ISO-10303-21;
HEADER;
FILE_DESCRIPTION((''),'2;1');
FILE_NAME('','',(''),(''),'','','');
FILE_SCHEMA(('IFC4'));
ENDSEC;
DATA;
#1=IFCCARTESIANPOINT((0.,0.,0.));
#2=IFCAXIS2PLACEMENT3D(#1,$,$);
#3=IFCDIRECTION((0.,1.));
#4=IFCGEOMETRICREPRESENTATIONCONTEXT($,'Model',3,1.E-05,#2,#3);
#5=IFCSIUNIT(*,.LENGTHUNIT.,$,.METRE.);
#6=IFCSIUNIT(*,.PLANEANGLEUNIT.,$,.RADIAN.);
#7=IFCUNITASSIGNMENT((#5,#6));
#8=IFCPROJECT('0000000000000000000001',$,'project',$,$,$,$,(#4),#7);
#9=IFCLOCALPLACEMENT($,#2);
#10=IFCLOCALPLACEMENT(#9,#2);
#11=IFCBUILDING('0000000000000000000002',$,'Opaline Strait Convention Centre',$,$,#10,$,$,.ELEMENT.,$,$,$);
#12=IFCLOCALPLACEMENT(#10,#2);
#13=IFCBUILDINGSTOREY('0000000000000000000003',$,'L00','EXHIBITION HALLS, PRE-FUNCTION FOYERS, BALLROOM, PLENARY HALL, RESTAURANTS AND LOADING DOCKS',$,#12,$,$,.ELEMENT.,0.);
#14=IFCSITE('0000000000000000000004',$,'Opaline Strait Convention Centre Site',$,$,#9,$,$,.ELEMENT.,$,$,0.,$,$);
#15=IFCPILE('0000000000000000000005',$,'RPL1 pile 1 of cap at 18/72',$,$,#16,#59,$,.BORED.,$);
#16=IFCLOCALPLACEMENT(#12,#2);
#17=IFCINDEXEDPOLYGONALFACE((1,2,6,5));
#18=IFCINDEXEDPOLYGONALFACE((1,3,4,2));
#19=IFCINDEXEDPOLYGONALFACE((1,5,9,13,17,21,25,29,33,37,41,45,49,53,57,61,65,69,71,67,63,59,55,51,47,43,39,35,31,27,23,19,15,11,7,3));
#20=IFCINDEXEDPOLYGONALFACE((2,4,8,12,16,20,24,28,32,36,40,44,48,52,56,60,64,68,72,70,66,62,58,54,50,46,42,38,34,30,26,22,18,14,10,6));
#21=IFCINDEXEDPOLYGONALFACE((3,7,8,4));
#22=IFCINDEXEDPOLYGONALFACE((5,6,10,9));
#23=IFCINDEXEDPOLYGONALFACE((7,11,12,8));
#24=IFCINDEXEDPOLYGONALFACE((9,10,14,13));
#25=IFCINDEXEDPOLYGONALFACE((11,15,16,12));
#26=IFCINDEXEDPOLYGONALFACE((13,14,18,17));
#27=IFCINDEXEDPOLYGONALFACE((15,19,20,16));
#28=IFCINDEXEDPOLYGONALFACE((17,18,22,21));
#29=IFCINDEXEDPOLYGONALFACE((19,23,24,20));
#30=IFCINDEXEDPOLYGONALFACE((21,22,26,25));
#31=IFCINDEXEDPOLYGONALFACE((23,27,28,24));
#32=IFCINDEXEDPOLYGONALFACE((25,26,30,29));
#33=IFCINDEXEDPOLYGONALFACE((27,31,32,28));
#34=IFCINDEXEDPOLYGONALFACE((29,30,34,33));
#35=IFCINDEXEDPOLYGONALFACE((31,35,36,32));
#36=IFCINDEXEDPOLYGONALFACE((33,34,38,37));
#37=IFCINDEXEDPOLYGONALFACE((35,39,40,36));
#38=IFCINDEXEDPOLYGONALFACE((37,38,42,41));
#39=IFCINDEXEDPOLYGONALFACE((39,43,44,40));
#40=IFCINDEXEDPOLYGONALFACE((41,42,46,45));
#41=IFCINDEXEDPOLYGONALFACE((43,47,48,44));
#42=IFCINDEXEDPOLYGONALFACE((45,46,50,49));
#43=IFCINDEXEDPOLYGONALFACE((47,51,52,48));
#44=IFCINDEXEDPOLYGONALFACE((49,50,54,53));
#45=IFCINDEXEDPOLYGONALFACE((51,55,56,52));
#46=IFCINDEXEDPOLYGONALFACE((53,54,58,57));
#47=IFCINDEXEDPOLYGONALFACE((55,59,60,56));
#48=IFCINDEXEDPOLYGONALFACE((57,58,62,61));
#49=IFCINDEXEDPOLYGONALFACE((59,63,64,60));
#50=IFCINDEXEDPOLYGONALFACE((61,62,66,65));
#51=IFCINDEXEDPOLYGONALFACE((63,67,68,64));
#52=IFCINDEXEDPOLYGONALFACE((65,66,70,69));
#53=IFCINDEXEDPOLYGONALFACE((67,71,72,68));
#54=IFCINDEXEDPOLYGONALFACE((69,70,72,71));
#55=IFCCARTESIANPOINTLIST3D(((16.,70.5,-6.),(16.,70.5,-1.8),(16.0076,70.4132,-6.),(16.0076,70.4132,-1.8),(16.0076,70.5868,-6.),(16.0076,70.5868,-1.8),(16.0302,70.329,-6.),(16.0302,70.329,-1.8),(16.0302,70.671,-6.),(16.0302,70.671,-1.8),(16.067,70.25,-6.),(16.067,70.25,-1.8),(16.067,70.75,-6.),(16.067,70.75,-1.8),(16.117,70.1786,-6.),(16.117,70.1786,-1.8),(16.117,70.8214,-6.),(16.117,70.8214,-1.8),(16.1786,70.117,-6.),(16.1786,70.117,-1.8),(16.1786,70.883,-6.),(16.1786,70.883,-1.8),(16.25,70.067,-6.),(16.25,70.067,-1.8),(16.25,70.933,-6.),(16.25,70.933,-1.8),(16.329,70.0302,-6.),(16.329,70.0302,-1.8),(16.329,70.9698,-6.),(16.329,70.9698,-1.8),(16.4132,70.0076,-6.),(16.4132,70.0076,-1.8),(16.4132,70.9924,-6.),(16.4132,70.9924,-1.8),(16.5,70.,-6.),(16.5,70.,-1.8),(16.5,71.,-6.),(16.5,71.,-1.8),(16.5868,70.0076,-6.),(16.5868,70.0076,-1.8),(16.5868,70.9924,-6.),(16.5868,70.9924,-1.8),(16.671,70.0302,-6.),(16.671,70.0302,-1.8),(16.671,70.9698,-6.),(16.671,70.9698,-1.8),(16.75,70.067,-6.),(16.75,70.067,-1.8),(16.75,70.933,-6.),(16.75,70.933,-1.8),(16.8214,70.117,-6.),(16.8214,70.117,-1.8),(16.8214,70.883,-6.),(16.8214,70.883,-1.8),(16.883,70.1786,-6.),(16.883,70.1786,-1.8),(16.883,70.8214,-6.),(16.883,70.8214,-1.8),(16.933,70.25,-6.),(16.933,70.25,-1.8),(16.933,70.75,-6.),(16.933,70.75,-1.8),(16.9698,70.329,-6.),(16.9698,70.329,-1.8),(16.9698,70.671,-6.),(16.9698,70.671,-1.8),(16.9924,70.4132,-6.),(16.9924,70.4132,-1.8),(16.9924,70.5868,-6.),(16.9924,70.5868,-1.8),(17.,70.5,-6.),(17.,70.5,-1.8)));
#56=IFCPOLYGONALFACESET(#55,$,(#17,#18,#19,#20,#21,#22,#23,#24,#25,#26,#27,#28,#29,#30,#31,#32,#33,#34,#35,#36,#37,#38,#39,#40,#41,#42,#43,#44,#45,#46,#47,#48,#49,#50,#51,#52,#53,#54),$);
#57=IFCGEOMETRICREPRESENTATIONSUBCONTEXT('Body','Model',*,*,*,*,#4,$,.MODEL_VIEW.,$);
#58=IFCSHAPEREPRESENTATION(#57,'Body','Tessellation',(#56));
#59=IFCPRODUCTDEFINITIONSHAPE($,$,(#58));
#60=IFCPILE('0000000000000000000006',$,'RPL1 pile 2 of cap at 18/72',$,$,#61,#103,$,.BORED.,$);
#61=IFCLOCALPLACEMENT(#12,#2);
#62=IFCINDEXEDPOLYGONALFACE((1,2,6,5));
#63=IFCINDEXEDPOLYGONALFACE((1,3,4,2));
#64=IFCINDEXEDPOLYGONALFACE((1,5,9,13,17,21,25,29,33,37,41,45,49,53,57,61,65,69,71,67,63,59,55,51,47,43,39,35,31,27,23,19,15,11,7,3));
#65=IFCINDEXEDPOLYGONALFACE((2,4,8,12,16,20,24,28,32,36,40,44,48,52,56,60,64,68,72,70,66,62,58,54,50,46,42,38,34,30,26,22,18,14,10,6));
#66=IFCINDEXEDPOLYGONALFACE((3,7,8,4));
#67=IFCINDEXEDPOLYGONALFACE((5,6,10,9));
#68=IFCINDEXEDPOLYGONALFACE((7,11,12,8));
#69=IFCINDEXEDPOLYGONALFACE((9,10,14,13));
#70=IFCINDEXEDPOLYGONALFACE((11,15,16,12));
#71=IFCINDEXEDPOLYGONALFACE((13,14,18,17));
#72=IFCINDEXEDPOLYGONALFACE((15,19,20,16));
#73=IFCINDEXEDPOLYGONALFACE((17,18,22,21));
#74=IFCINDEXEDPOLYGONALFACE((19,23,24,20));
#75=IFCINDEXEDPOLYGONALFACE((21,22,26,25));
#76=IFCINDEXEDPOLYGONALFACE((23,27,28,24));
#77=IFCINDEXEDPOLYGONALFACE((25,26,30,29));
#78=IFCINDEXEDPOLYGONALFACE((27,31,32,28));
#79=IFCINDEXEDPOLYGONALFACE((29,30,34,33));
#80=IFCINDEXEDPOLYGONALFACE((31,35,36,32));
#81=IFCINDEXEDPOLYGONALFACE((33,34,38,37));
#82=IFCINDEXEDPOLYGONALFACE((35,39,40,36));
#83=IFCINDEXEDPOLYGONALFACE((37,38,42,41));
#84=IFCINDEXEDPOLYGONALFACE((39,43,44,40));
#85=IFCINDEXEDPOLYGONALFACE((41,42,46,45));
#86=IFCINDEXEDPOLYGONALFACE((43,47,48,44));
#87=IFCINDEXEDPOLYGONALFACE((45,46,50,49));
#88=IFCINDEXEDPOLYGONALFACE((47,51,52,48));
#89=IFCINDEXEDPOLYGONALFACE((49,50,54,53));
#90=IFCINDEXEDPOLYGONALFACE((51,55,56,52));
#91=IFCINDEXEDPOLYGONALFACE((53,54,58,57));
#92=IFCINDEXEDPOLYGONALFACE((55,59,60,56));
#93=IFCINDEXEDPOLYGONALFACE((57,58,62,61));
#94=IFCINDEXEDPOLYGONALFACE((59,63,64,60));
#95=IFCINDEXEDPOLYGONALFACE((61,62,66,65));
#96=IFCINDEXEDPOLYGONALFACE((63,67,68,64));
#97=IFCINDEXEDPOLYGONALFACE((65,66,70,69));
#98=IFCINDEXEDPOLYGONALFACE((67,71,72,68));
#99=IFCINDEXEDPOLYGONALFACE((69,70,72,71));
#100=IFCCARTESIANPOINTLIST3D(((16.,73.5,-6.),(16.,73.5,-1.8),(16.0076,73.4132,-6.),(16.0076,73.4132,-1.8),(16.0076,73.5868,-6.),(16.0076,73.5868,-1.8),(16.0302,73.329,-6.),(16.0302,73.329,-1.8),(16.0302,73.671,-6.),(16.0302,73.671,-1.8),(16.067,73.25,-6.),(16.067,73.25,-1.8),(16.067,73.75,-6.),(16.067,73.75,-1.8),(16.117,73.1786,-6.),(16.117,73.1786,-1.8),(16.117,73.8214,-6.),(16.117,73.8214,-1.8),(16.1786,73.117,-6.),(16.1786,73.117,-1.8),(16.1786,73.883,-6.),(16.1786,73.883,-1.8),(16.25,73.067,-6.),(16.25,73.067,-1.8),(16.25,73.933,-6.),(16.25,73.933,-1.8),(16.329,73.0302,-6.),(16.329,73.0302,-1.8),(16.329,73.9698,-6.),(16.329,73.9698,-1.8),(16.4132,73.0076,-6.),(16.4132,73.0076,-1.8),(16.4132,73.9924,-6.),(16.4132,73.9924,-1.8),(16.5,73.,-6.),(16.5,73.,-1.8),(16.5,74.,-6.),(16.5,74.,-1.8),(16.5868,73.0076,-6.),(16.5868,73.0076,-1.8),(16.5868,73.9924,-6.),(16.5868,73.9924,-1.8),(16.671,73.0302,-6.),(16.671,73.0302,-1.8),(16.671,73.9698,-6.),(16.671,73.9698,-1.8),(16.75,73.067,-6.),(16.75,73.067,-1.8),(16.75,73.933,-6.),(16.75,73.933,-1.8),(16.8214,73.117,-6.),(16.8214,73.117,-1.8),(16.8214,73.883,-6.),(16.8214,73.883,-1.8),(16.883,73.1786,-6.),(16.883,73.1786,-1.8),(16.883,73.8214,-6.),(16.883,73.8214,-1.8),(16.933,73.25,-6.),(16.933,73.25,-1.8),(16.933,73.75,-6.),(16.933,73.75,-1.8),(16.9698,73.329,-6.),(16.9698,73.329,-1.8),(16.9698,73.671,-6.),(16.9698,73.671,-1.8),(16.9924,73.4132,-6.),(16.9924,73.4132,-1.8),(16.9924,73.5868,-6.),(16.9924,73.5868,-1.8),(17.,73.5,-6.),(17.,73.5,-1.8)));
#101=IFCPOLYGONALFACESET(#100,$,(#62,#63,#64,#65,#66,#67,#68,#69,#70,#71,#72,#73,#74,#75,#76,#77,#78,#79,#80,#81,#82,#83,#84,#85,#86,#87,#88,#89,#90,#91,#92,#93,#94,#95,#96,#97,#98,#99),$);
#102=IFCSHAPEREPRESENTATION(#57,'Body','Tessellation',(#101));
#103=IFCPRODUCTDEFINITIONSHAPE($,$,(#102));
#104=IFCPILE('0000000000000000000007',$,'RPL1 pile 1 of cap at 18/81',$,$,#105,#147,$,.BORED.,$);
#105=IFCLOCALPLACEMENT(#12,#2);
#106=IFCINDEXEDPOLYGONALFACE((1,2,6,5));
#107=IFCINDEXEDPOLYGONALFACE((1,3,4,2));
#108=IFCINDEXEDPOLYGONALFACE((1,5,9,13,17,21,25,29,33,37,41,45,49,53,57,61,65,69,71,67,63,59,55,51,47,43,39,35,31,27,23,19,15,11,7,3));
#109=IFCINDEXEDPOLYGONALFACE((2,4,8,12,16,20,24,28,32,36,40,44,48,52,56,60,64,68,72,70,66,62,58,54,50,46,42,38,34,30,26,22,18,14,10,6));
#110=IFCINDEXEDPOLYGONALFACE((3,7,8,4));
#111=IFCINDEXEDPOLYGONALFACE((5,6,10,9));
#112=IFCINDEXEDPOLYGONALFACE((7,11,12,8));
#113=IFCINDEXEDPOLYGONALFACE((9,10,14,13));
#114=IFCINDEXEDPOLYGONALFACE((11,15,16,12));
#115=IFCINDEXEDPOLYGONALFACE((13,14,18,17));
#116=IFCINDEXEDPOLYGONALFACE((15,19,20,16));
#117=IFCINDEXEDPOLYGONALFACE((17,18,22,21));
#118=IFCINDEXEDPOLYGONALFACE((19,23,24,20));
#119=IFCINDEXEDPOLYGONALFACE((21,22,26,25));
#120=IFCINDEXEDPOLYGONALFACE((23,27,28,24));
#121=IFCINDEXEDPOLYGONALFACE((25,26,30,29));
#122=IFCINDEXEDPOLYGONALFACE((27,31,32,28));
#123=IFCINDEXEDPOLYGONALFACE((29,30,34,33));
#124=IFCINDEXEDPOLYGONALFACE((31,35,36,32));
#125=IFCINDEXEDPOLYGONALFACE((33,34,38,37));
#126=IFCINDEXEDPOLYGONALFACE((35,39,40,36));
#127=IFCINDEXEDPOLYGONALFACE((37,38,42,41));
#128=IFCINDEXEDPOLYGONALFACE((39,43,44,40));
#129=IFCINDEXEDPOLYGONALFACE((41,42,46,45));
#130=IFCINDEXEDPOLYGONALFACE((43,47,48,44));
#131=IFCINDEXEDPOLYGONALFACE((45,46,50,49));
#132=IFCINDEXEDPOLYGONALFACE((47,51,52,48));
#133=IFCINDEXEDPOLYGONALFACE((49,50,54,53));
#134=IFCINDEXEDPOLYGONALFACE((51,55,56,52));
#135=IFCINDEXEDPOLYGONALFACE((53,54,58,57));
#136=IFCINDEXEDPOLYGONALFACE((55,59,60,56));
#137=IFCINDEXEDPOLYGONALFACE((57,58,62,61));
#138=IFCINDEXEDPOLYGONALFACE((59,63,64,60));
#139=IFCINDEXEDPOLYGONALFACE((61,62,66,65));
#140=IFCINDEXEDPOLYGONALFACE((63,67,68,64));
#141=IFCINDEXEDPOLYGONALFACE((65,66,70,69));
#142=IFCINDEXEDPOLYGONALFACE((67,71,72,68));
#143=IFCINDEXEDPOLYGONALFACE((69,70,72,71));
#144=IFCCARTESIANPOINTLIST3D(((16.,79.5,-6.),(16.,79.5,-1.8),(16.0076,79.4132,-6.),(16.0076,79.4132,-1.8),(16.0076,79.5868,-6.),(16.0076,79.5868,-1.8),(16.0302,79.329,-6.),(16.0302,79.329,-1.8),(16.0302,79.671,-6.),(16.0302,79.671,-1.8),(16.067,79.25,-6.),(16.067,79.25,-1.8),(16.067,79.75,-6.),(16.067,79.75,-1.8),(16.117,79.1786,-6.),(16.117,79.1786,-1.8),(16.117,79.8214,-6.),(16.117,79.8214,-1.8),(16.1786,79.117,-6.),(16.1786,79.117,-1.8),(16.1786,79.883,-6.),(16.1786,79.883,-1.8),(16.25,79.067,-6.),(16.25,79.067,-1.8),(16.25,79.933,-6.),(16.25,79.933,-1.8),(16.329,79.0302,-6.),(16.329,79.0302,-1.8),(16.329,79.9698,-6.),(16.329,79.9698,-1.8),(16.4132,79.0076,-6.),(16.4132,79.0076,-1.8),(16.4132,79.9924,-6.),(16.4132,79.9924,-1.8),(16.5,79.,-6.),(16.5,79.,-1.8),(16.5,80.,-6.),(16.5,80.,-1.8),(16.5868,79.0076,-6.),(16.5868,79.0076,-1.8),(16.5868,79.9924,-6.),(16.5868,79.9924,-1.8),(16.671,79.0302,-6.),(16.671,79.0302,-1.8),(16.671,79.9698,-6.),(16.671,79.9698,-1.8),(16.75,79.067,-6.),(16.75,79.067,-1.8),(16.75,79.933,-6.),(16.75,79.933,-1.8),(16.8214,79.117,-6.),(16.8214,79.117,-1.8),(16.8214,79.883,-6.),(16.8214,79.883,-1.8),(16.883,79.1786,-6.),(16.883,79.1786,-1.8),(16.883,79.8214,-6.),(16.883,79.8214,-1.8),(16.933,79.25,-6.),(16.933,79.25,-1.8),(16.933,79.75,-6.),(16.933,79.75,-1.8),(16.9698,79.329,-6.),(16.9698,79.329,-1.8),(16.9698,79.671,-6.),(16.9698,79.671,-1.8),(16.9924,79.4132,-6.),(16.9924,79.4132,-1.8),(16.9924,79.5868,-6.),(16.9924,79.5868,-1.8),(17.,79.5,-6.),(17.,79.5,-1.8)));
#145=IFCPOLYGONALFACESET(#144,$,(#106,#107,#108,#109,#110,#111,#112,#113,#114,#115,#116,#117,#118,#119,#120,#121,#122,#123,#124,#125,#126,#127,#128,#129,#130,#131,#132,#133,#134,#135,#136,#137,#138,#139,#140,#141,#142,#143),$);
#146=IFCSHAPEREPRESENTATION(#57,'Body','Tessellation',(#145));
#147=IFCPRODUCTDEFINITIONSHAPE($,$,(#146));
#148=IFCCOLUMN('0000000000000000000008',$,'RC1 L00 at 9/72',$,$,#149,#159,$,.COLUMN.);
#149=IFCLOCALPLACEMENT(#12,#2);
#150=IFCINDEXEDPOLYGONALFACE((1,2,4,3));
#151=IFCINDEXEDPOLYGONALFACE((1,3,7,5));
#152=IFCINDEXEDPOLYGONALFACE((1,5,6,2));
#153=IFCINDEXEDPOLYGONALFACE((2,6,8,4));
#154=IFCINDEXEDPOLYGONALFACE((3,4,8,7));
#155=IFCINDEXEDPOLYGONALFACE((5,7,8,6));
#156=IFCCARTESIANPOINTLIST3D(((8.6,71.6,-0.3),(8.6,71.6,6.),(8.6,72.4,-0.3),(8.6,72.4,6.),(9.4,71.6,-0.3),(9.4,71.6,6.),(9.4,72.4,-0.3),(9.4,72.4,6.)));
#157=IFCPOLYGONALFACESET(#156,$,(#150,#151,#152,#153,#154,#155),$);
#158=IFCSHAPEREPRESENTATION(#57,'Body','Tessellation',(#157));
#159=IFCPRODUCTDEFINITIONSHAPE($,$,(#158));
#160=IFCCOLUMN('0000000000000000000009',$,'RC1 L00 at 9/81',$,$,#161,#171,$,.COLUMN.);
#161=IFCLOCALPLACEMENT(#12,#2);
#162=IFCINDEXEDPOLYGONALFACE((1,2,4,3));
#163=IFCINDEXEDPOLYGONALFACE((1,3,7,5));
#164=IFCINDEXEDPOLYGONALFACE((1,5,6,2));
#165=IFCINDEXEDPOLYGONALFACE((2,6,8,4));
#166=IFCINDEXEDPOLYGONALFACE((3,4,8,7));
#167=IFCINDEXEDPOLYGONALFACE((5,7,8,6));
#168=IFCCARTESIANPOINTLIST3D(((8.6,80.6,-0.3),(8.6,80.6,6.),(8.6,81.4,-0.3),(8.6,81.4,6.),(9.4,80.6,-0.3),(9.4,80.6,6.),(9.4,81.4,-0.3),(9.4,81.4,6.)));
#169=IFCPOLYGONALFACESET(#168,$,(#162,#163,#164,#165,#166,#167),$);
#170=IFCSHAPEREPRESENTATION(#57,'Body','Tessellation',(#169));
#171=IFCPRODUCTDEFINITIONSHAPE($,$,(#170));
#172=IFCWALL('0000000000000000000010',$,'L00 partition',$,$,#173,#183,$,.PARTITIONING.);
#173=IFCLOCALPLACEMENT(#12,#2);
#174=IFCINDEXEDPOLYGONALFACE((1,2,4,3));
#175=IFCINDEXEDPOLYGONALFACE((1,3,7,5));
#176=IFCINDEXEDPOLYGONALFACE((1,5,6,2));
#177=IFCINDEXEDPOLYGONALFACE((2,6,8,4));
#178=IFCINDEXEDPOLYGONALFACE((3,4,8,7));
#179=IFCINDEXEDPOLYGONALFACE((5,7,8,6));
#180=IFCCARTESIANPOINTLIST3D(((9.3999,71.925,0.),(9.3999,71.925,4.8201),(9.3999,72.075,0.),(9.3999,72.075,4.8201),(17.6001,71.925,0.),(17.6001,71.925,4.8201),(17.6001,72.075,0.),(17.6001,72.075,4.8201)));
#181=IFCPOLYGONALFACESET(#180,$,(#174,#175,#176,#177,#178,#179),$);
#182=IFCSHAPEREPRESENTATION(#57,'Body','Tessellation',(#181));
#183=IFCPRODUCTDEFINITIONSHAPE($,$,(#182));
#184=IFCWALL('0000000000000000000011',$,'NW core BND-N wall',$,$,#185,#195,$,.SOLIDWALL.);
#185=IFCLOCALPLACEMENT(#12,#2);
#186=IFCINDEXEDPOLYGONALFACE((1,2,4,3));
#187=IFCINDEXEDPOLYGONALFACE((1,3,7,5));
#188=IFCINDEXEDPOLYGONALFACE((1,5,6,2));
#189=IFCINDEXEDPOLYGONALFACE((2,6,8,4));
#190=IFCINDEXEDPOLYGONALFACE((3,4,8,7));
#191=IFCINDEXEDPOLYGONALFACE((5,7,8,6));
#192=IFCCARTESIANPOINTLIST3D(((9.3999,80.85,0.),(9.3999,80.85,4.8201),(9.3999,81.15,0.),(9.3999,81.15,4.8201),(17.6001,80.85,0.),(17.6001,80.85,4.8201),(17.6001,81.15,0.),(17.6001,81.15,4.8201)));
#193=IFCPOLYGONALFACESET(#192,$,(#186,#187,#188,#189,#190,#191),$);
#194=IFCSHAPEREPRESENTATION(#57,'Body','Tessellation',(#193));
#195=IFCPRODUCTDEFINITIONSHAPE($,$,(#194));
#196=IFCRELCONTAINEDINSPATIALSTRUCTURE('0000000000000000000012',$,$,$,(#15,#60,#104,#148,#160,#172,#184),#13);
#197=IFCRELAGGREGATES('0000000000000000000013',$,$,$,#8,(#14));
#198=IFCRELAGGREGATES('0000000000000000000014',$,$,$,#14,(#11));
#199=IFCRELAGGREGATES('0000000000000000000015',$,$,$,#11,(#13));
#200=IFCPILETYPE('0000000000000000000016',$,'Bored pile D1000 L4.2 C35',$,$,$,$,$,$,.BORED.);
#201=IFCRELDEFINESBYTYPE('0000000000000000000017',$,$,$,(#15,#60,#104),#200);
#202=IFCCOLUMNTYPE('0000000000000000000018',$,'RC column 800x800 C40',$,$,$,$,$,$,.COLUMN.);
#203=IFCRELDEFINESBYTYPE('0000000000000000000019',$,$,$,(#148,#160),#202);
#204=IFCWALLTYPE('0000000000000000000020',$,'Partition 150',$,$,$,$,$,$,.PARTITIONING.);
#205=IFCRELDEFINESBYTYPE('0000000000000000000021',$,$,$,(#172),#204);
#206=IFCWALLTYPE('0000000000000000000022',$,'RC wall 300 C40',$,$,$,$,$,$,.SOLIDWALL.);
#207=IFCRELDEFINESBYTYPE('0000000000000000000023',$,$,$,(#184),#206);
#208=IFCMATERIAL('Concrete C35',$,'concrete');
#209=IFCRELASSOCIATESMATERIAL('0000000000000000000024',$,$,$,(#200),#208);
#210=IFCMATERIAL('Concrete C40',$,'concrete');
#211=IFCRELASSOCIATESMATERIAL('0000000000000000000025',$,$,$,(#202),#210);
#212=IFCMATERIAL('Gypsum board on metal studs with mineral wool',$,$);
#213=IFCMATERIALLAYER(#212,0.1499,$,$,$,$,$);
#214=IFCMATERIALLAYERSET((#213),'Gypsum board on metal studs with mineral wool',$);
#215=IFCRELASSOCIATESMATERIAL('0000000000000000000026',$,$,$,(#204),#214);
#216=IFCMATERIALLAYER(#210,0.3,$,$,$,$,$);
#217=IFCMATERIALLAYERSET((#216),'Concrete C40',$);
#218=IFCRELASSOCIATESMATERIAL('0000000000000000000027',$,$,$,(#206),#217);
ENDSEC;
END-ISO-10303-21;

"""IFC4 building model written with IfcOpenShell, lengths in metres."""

from ifc_helpers import new_model, si_unit, direction, frame, frame_2d, origin, origin_2d, place, context, subcontext, project, spatial, rectangle, circle, extrude, material, layer, layer_set, material_profile, profile_set, type_object, element, save


model = new_model("IFC4")

# Units and contexts
model_context = context("Model", 3, precision=1e-05, world=origin(), true_north=direction((0.0, 1.0)))
body_context = subcontext(model_context, "Body", "Model", "MODEL_VIEW")
ifc_project = project(units=[si_unit("LENGTHUNIT", "METRE"), si_unit("PLANEANGLEUNIT", "RADIAN")], contexts=[model_context])

# Site, building, storey
site_placement = place(None, origin())
site = spatial("IfcSite", under=ifc_project, at=site_placement, Name="Opaline Strait Convention Centre Site", CompositionType="ELEMENT", RefElevation=0.0)
building_placement = place(site_placement, origin())
building = spatial("IfcBuilding", under=site, at=building_placement, Name="Opaline Strait Convention Centre", CompositionType="ELEMENT")
storey_placement = place(building_placement, origin())
storey = spatial("IfcBuildingStorey", under=building, at=storey_placement, Name="L00", Description="EXHIBITION HALLS, PRE-FUNCTION FOYERS, BALLROOM, PLENARY HALL, RESTAURANTS AND LOADING DOCKS", CompositionType="ELEMENT", Elevation=0.0)

# Piles
ifc_material_1 = material(Name="Concrete C35", Category="concrete")
ifc_material_profile_1 = material_profile(ifc_material_1, circle(Radius=0.5, at=origin_2d()), Name="D1000")
ifc_profile_set_1 = profile_set([ifc_material_profile_1], Name="Concrete C35")
pile_type = type_object("IfcPileType", Name="Bored pile D1000 L4.2 C35", PredefinedType="BORED", material=ifc_profile_set_1)
for number, where, z_axis, x_axis, name in (
    (1, (16.5, 70.5, -1.8), (0.0, 0.0, -1.0), (1.0, 0.0, 0.0), "RPL1 pile 1 of cap at 18/72"),
    (2, (16.5, 73.5, -1.8), (0.0, 0.0, -1.0), (1.0, 0.0, 0.0), "RPL1 pile 2 of cap at 18/72"),
    (3, (16.5, 79.5, -1.8), (0.0, 0.0, -1.0), (1.0, 0.0, 0.0), "RPL1 pile 1 of cap at 18/81"),
):
    element("IfcPile", number, at=place(storey_placement, frame(where, z_axis=z_axis, x_axis=x_axis)), inside=storey, type_object=pile_type, Name=name, PredefinedType="BORED", context=body_context, shape_type="SweptSolid", body=[
        extrude(circle(Radius=0.5, at=origin_2d()), origin(), (0.0, 0.0, 1.0), 4.2),
    ])

# Columns
ifc_material_2 = material(Name="Concrete C40", Category="concrete")
ifc_material_profile_2 = material_profile(ifc_material_2, rectangle(XDim=0.8, YDim=0.8, at=origin_2d()), Name="RC 800x800")
ifc_profile_set_2 = profile_set([ifc_material_profile_2], Name="Concrete C40")
column_type = type_object("IfcColumnType", Name="RC column 800x800 C40", PredefinedType="COLUMN", material=ifc_profile_set_2)
for number, where, z_axis, x_axis, name in (
    (4, (9.0, 72.0, -0.3), (0.0, 0.0, 1.0), (1.0, 0.0, 0.0), "RC1 L00 at 9/72"),
    (5, (9.0, 81.0, -0.3), (0.0, 0.0, 1.0), (1.0, 0.0, 0.0), "RC1 L00 at 9/81"),
):
    element("IfcColumn", number, at=place(storey_placement, frame(where, z_axis=z_axis, x_axis=x_axis)), inside=storey, type_object=column_type, Name=name, PredefinedType="COLUMN", context=body_context, shape_type="SweptSolid", body=[
        extrude(rectangle(XDim=0.8, YDim=0.8, at=origin_2d()), origin(), (0.0, 0.0, 1.0), 6.3),
    ])

# Walls
ifc_material_3 = material(Name="Gypsum board on metal studs with mineral wool")
ifc_layer_1 = layer(ifc_material_3, 0.1499)
ifc_layer_set_1 = layer_set([ifc_layer_1], Name="Gypsum board on metal studs with mineral wool")
wall_type_1 = type_object("IfcWallType", Name="Partition 150", PredefinedType="PARTITIONING", material=ifc_layer_set_1)
wall_1_placement = place(storey_placement, frame((9.3999, 72.0, 0.0), z_axis=(0.0, 0.0, 1.0), x_axis=(1.0, 0.0, 0.0)))
element("IfcWall", 6, at=wall_1_placement, inside=storey, type_object=wall_type_1, Name="L00 partition", PredefinedType="PARTITIONING", context=body_context, shape_type="SweptSolid", body=[
    extrude(rectangle(XDim=8.2002, YDim=0.1499, at=frame_2d((4.1001, 0.0))), origin(), (0.0, 0.0, 1.0), 4.8201),
])
ifc_layer_2 = layer(ifc_material_2, 0.3)
ifc_layer_set_2 = layer_set([ifc_layer_2], Name="Concrete C40")
wall_type_2 = type_object("IfcWallType", Name="RC wall 300 C40", PredefinedType="SOLIDWALL", material=ifc_layer_set_2)
wall_2_placement = place(storey_placement, frame((9.3999, 81.0, 0.0), z_axis=(0.0, 0.0, 1.0), x_axis=(1.0, 0.0, 0.0)))
element("IfcWall", 7, at=wall_2_placement, inside=storey, type_object=wall_type_2, Name="NW core BND-N wall", PredefinedType="SOLIDWALL", context=body_context, shape_type="SweptSolid", body=[
    extrude(rectangle(XDim=8.2002, YDim=0.3, at=frame_2d((4.1001, 0.0))), origin(), (0.0, 0.0, 1.0), 4.8201),
])

save(model, "model.ifc")
